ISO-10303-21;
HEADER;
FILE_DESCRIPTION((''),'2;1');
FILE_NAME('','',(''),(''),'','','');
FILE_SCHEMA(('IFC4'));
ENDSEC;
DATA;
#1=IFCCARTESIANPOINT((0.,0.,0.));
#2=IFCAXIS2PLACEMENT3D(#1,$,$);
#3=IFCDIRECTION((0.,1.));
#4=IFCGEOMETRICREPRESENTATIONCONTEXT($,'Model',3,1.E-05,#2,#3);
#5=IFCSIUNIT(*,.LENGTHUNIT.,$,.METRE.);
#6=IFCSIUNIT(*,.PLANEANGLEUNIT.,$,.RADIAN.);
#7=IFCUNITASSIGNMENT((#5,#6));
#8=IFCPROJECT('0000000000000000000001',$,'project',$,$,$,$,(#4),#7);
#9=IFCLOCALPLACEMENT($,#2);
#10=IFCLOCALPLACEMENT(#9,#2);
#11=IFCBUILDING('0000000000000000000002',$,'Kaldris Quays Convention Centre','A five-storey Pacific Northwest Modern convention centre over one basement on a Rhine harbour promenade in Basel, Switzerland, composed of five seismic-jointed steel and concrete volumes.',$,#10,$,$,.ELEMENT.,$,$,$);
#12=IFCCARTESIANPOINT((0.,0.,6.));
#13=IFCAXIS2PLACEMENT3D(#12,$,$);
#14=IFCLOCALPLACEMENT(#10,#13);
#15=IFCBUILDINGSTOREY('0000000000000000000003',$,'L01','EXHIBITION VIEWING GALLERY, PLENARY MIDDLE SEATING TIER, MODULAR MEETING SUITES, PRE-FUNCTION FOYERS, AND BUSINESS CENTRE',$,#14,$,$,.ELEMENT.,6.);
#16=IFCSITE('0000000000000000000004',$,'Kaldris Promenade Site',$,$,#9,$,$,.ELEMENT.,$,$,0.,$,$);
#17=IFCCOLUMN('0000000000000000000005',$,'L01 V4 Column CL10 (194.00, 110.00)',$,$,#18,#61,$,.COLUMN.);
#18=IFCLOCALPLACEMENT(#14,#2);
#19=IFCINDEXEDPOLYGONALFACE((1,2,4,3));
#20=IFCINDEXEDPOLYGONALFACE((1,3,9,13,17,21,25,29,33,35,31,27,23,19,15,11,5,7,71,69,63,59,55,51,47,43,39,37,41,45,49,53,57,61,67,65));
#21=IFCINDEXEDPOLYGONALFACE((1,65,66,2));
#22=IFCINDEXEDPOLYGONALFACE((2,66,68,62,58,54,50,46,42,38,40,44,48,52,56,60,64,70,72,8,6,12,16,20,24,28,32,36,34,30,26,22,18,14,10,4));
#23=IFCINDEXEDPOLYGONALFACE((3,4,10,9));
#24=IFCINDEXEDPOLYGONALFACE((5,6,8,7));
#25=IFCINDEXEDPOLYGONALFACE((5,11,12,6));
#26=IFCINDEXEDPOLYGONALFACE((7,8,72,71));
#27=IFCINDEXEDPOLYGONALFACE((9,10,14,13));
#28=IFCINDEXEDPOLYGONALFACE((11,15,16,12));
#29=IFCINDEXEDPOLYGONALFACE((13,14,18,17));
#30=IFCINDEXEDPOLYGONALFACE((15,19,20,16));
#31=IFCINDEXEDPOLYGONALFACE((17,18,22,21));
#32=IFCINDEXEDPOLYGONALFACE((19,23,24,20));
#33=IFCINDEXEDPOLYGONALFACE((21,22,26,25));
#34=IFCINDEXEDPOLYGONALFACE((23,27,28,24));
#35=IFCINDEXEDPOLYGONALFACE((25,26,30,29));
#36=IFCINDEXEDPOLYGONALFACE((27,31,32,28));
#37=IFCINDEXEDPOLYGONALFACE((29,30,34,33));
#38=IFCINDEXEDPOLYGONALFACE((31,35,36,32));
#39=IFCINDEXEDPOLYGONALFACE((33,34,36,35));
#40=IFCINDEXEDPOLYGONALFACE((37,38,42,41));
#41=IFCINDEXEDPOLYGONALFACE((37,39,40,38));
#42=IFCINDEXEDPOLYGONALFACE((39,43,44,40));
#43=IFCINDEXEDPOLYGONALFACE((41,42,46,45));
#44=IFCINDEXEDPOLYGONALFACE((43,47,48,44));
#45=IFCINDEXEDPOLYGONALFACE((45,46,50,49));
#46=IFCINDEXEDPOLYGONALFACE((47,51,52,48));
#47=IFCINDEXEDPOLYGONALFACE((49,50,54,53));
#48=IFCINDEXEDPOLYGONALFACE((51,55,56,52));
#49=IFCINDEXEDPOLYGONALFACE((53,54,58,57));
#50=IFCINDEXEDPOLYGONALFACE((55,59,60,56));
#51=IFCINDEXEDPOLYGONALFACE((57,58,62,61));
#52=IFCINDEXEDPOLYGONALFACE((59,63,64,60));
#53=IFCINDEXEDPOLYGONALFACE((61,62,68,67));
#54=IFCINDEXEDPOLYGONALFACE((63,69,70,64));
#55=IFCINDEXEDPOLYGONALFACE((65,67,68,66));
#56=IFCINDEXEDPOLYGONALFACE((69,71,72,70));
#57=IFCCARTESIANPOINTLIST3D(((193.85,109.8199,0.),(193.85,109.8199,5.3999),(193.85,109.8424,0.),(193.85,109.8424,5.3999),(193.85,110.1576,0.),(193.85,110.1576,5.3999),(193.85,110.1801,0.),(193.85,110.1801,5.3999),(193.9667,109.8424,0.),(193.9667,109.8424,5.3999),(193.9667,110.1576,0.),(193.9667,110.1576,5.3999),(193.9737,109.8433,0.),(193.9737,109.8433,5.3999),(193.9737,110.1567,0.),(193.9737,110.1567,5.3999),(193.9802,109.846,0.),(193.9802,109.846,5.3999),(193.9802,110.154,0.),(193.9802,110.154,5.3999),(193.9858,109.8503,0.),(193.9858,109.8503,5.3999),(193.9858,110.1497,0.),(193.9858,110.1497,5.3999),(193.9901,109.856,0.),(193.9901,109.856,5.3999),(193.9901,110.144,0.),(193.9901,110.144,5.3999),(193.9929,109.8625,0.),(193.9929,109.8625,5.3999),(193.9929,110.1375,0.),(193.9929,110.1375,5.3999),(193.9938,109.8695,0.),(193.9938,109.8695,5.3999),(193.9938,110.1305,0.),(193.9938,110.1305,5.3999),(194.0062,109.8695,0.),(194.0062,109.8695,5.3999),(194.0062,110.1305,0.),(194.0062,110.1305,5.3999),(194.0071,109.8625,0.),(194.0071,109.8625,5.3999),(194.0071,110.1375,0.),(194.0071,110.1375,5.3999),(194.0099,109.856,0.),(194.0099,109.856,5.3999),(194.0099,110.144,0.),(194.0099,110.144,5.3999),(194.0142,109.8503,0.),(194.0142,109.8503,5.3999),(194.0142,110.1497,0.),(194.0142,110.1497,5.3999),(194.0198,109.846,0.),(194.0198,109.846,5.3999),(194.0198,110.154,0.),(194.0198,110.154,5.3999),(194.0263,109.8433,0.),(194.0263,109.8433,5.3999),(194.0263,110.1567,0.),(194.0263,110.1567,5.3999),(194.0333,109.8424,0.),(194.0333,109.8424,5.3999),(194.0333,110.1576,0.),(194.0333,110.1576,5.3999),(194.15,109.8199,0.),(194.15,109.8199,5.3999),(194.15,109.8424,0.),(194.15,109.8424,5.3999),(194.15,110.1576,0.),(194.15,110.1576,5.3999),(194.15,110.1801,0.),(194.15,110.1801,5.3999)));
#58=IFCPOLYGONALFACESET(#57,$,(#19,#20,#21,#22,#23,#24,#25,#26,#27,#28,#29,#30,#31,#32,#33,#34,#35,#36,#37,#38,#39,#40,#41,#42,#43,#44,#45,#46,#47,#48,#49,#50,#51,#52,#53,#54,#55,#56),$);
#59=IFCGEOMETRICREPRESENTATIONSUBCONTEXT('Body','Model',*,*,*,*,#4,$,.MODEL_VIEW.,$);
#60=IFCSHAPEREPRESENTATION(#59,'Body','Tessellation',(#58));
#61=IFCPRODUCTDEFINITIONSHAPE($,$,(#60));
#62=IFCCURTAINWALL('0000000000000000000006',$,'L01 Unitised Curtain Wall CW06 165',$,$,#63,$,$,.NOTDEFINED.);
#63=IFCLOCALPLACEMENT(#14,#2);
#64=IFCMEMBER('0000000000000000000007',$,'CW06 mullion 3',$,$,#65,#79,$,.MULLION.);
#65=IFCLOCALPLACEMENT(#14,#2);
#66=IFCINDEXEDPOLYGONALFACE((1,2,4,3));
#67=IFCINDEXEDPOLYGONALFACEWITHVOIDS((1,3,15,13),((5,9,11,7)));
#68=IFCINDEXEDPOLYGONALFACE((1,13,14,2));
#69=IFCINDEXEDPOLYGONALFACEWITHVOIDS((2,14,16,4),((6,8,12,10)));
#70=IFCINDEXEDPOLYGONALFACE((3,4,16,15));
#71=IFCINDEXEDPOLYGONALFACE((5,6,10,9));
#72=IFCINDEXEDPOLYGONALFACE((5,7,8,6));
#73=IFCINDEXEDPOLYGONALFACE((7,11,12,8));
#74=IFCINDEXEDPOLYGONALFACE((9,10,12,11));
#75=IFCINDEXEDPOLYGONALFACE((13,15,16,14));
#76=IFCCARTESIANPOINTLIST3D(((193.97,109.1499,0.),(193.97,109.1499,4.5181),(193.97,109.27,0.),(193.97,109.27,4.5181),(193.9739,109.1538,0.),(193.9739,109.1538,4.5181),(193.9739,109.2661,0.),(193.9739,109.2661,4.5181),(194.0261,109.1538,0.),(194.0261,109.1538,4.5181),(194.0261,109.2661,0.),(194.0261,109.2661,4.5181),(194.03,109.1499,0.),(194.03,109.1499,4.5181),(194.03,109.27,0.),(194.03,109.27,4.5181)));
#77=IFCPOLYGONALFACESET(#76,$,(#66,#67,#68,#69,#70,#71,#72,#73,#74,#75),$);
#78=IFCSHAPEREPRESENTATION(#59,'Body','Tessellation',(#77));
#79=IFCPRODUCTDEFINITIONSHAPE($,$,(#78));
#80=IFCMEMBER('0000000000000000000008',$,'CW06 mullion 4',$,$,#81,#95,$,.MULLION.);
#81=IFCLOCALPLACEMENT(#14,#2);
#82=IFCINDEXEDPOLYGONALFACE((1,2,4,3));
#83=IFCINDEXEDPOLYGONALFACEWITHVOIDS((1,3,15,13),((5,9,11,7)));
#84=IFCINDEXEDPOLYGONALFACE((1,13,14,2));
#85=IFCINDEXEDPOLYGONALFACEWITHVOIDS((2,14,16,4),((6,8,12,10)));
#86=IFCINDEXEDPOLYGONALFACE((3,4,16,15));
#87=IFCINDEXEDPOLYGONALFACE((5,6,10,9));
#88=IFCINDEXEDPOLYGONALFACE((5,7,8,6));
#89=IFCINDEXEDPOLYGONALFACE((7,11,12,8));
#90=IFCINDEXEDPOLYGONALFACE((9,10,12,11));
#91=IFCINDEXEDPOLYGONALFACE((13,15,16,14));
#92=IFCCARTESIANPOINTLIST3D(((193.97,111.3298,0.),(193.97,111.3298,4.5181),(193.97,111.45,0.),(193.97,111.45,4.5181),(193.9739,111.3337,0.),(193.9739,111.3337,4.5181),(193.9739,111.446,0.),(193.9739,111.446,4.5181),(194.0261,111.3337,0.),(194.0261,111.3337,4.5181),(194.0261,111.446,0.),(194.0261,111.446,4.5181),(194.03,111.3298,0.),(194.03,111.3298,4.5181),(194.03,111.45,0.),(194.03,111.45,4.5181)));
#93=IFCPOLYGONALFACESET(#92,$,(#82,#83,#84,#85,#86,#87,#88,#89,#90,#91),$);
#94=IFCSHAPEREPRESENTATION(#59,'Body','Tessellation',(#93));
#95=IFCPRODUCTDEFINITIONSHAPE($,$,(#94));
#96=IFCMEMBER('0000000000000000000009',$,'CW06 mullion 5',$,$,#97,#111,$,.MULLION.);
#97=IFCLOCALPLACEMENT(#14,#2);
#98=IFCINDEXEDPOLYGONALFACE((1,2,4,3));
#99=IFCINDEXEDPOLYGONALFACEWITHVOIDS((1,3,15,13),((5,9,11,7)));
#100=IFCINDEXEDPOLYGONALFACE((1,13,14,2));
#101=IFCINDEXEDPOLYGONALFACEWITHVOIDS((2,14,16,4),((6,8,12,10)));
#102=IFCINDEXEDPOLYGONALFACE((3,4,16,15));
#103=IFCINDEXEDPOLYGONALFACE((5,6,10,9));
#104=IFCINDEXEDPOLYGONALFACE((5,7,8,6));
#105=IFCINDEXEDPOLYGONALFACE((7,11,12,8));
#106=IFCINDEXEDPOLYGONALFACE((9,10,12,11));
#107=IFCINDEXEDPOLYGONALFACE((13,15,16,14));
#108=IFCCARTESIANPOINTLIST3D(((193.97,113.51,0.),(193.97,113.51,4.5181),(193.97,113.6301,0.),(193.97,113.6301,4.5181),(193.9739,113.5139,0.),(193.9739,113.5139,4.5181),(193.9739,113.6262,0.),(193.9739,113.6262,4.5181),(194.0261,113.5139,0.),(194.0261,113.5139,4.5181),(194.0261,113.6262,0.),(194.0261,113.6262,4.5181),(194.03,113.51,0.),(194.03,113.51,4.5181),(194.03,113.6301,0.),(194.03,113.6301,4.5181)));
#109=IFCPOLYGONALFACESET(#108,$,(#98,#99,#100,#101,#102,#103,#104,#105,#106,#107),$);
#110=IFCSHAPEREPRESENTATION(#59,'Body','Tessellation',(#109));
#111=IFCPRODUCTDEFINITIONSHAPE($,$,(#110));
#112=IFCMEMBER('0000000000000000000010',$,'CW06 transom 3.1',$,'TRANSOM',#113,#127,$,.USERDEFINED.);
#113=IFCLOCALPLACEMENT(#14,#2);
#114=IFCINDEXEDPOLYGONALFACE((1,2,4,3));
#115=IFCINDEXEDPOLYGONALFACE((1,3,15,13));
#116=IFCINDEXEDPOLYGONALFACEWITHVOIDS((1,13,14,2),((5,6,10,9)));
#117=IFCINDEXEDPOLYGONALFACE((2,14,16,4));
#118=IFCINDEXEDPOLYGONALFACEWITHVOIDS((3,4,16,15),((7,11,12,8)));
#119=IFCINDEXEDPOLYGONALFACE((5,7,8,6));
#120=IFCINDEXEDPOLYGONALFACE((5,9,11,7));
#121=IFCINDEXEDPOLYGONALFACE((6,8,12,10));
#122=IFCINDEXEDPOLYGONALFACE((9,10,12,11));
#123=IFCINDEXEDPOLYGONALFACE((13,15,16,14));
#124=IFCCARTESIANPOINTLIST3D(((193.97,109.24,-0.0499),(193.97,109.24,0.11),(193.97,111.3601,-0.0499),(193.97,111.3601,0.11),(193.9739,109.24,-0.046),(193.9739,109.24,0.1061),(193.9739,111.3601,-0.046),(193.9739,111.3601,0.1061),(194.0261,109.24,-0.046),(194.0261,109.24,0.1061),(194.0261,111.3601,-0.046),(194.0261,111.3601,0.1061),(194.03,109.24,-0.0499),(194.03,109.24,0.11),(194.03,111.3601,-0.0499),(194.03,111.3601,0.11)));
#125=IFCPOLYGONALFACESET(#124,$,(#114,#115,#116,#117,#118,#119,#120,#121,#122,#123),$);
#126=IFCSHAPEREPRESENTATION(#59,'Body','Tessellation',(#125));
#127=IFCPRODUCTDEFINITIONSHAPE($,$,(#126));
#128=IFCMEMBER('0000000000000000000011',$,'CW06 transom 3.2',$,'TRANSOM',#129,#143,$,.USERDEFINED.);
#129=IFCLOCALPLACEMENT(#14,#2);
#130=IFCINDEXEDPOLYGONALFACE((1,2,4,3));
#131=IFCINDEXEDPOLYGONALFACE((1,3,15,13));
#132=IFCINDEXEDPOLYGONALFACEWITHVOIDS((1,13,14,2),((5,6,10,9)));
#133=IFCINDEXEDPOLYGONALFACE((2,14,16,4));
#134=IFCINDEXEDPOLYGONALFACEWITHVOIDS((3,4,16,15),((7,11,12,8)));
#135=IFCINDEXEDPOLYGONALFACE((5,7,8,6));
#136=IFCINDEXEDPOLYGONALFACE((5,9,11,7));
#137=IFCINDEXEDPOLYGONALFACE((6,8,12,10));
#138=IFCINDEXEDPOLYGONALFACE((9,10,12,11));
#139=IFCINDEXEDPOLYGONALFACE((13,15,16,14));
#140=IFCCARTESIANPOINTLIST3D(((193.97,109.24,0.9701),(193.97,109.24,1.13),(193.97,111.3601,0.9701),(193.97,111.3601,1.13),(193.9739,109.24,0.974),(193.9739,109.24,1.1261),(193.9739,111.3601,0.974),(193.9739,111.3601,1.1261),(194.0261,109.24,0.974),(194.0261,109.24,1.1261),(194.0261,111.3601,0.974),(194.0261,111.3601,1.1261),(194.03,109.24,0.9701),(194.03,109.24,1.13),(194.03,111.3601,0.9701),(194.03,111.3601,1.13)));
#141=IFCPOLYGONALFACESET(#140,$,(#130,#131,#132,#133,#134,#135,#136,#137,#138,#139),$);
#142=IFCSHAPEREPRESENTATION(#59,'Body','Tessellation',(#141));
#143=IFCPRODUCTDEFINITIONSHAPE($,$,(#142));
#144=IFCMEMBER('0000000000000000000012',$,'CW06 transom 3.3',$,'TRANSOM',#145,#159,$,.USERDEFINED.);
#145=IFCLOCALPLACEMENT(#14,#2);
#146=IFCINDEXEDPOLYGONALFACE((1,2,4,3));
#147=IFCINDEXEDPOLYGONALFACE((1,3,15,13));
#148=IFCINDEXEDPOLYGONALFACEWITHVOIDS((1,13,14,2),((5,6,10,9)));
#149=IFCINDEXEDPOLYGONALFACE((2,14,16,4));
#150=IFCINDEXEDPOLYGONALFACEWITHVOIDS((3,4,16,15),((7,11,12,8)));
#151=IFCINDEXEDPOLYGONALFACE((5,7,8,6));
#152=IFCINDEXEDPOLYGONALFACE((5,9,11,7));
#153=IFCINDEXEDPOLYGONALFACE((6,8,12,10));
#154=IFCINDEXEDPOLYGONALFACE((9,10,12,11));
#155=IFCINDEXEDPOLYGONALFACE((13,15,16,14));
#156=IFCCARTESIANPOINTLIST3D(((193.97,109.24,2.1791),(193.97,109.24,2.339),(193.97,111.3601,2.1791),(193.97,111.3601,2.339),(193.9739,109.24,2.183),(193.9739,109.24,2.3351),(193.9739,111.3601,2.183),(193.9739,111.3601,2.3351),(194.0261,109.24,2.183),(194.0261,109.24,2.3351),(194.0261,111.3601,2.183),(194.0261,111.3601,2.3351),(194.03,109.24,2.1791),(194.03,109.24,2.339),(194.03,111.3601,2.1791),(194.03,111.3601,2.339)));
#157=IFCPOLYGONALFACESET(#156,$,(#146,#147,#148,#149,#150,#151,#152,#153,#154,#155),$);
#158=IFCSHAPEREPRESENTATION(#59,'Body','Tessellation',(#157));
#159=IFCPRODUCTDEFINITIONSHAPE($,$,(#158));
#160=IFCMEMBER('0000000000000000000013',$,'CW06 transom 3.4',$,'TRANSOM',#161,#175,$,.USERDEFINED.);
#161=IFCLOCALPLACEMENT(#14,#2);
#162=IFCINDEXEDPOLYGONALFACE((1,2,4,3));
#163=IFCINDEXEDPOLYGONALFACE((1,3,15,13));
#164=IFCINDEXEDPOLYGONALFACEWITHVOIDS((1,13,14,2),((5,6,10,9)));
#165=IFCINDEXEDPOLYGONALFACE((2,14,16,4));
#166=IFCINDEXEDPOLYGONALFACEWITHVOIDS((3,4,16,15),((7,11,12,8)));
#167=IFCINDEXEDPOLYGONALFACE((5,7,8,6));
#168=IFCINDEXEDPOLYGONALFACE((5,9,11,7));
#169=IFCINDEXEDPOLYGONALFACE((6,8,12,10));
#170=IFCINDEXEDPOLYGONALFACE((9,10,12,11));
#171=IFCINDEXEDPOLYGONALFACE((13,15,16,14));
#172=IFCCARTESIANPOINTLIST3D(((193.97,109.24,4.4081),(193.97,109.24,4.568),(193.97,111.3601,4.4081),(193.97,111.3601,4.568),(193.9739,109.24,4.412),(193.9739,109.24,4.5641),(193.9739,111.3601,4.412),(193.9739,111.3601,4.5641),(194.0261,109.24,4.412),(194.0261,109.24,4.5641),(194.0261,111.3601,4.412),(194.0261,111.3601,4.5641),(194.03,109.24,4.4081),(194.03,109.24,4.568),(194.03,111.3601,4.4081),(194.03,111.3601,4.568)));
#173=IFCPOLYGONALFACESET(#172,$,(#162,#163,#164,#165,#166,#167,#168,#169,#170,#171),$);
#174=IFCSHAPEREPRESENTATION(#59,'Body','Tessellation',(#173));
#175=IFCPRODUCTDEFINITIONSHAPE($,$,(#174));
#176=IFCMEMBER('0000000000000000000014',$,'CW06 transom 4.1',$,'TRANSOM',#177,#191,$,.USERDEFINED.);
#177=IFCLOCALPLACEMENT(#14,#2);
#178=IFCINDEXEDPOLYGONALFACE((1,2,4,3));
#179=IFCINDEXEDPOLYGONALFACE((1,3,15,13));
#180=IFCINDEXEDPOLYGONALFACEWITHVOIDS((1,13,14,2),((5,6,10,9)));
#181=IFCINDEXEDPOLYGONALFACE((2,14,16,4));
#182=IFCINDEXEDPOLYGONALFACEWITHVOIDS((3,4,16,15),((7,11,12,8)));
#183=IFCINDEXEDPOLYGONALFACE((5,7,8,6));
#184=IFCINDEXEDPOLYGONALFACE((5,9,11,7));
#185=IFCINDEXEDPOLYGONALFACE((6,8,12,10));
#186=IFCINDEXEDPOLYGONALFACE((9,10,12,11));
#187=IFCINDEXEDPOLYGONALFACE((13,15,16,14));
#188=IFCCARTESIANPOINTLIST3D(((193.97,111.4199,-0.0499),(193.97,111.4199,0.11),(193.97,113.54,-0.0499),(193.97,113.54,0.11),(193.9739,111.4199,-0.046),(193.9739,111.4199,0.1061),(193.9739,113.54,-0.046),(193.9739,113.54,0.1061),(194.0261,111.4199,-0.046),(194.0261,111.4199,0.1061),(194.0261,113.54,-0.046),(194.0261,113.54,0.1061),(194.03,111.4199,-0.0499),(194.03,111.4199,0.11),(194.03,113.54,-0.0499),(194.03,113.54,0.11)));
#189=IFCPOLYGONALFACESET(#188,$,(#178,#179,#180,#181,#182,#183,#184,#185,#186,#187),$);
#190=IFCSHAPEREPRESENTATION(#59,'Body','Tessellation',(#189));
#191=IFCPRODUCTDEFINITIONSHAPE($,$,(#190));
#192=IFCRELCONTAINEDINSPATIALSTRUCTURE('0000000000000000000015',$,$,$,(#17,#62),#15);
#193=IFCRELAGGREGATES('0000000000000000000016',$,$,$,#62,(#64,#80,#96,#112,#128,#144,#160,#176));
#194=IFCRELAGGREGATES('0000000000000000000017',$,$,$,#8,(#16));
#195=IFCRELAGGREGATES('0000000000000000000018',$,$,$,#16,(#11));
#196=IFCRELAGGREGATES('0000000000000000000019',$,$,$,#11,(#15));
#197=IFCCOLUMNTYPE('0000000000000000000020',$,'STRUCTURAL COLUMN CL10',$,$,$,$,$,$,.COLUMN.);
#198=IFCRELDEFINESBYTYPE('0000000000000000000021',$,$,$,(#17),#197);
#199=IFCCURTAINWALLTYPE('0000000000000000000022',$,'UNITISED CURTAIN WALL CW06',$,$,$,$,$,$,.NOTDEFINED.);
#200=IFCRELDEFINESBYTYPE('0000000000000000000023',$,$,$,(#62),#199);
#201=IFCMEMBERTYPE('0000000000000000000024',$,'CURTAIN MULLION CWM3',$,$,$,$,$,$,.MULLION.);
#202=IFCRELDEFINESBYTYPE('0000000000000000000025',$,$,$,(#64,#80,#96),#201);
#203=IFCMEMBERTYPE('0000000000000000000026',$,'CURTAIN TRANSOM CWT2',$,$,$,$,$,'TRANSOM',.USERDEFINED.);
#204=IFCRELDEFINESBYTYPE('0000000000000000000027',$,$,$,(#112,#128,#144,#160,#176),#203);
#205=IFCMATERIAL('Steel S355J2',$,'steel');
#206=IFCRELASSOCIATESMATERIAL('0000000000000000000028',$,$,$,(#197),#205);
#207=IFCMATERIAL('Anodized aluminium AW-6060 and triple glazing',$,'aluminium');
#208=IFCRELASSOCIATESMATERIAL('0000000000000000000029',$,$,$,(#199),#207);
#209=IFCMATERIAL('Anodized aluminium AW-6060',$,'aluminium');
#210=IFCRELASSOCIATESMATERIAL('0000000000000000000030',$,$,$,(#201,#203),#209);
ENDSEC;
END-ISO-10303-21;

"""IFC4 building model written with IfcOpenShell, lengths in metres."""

from ifc_helpers import new_model, si_unit, direction, frame, origin, origin_2d, place, context, subcontext, project, spatial, hollow_rectangle, i_section, extrude, material, material_profile, profile_set, type_object, element, aggregate, save


model = new_model("IFC4")

# Units and contexts
model_context = context("Model", 3, precision=1e-05, world=origin(), true_north=direction((0.0, 1.0)))
body_context = subcontext(model_context, "Body", "Model", "MODEL_VIEW")
ifc_project = project(units=[si_unit("LENGTHUNIT", "METRE"), si_unit("PLANEANGLEUNIT", "RADIAN")], contexts=[model_context])

# Site, building, storey
site_placement = place(None, origin())
site = spatial("IfcSite", under=ifc_project, at=site_placement, Name="Kaldris Promenade Site", CompositionType="ELEMENT", RefElevation=0.0)
building_placement = place(site_placement, origin())
building = spatial("IfcBuilding", under=site, at=building_placement, Name="Kaldris Quays Convention Centre", Description="A five-storey Pacific Northwest Modern convention centre over one basement on a Rhine harbour promenade in Basel, Switzerland, composed of five seismic-jointed steel and concrete volumes.", CompositionType="ELEMENT")
storey_placement = place(building_placement, frame((0.0, 0.0, 6.0)))
storey = spatial("IfcBuildingStorey", under=building, at=storey_placement, Name="L01", Description="EXHIBITION VIEWING GALLERY, PLENARY MIDDLE SEATING TIER, MODULAR MEETING SUITES, PRE-FUNCTION FOYERS, AND BUSINESS CENTRE", CompositionType="ELEMENT", Elevation=6.0)

# Column
ifc_material_1 = material(Name="Steel S355J2", Category="steel")
ifc_material_profile_1 = material_profile(ifc_material_1, i_section(OverallWidth=0.3, OverallDepth=0.3601, WebThickness=0.0125, FlangeThickness=0.0225, FilletRadius=0.0271, at=origin_2d()), Name="HEB 360")
ifc_profile_set_1 = profile_set([ifc_material_profile_1], Name="Steel S355J2")
column_type = type_object("IfcColumnType", Name="STRUCTURAL COLUMN CL10", PredefinedType="COLUMN", material=ifc_profile_set_1)
column_placement = place(storey_placement, frame((194.0, 110.0, 0.0), z_axis=(0.0, 0.0, 1.0), x_axis=(1.0, 0.0, 0.0)))
element("IfcColumn", 1, at=column_placement, inside=storey, type_object=column_type, Name="L01 V4 Column CL10 (194.00, 110.00)", PredefinedType="COLUMN", context=body_context, shape_type="SweptSolid", body=[
    extrude(i_section(OverallWidth=0.3, OverallDepth=0.3601, WebThickness=0.0125, FlangeThickness=0.0225, FilletRadius=0.0271, at=origin_2d()), origin(), (0.0, 0.0, 1.0), 5.3999),
])

# Curtain wall, members
ifc_material_2 = material(Name="Anodized aluminium AW-6060 and triple glazing", Category="aluminium")
curtain_wall_type = type_object("IfcCurtainWallType", Name="UNITISED CURTAIN WALL CW06", PredefinedType="NOTDEFINED", material=ifc_material_2)
curtain_wall_placement = place(storey_placement, origin())
curtain_wall = element("IfcCurtainWall", 2, at=curtain_wall_placement, inside=storey, type_object=curtain_wall_type, Name="L01 Unitised Curtain Wall CW06 165", PredefinedType="NOTDEFINED")
ifc_material_3 = material(Name="Anodized aluminium AW-6060", Category="aluminium")
ifc_material_profile_2 = material_profile(ifc_material_3, hollow_rectangle(XDim=0.0601, YDim=0.1201, WallThickness=0.0039, at=origin_2d()), Name="RHS 120x60x4")
ifc_profile_set_2 = profile_set([ifc_material_profile_2], Name="Anodized aluminium AW-6060")
member_type_1 = type_object("IfcMemberType", Name="CURTAIN MULLION CWM3", PredefinedType="MULLION", material=ifc_profile_set_2)
member_1_placement = place(storey_placement, frame((194.0, 109.21, 0.0), z_axis=(0.0, 0.0, 1.0), x_axis=(-1.0, 0.0, 0.0)))
member_1 = element("IfcMember", 3, at=member_1_placement, type_object=member_type_1, Name="CW06 mullion 3", PredefinedType="MULLION", context=body_context, shape_type="SweptSolid", body=[
    extrude(hollow_rectangle(XDim=0.0601, YDim=0.1201, WallThickness=0.0039, at=origin_2d()), origin(), (0.0, 0.0, 1.0), 4.5181),
])
member_2_placement = place(storey_placement, frame((194.0, 111.3899, 0.0), z_axis=(0.0, 0.0, 1.0), x_axis=(-1.0, 0.0, 0.0)))
member_2 = element("IfcMember", 4, at=member_2_placement, type_object=member_type_1, Name="CW06 mullion 4", PredefinedType="MULLION", context=body_context, shape_type="SweptSolid", body=[
    extrude(hollow_rectangle(XDim=0.0601, YDim=0.1201, WallThickness=0.0039, at=origin_2d()), origin(), (0.0, 0.0, 1.0), 4.5181),
])
member_3_placement = place(storey_placement, frame((194.0, 113.5701, 0.0), z_axis=(0.0, 0.0, 1.0), x_axis=(-1.0, 0.0, 0.0)))
member_3 = element("IfcMember", 5, at=member_3_placement, type_object=member_type_1, Name="CW06 mullion 5", PredefinedType="MULLION", context=body_context, shape_type="SweptSolid", body=[
    extrude(hollow_rectangle(XDim=0.0601, YDim=0.1201, WallThickness=0.0039, at=origin_2d()), origin(), (0.0, 0.0, 1.0), 4.5181),
])
ifc_material_profile_3 = material_profile(ifc_material_3, hollow_rectangle(XDim=0.0601, YDim=0.1599, WallThickness=0.0039, at=origin_2d()), Name="RHS 160x60x4")
ifc_profile_set_3 = profile_set([ifc_material_profile_3], Name="Anodized aluminium AW-6060")
member_type_2 = type_object("IfcMemberType", Name="CURTAIN TRANSOM CWT2", ElementType="TRANSOM", PredefinedType="USERDEFINED", material=ifc_profile_set_3)
member_4_placement = place(storey_placement, frame((194.0, 109.24, 0.03), z_axis=(0.0, 1.0, 0.0), x_axis=(-1.0, 0.0, 0.0)))
member_4 = element("IfcMember", 6, at=member_4_placement, type_object=member_type_2, Name="CW06 transom 3.1", ObjectType="TRANSOM", PredefinedType="USERDEFINED", context=body_context, shape_type="SweptSolid", body=[
    extrude(hollow_rectangle(XDim=0.0601, YDim=0.1599, WallThickness=0.0039, at=origin_2d()), origin(), (0.0, 0.0, 1.0), 2.1201),
])
member_5_placement = place(storey_placement, frame((194.0, 109.24, 1.05), z_axis=(0.0, 1.0, 0.0), x_axis=(-1.0, 0.0, 0.0)))
member_5 = element("IfcMember", 7, at=member_5_placement, type_object=member_type_2, Name="CW06 transom 3.2", ObjectType="TRANSOM", PredefinedType="USERDEFINED", context=body_context, shape_type="SweptSolid", body=[
    extrude(hollow_rectangle(XDim=0.0601, YDim=0.1599, WallThickness=0.0039, at=origin_2d()), origin(), (0.0, 0.0, 1.0), 2.1201),
])
member_6_placement = place(storey_placement, frame((194.0, 109.24, 2.259), z_axis=(0.0, 1.0, 0.0), x_axis=(-1.0, 0.0, 0.0)))
member_6 = element("IfcMember", 8, at=member_6_placement, type_object=member_type_2, Name="CW06 transom 3.3", ObjectType="TRANSOM", PredefinedType="USERDEFINED", context=body_context, shape_type="SweptSolid", body=[
    extrude(hollow_rectangle(XDim=0.0601, YDim=0.1599, WallThickness=0.0039, at=origin_2d()), origin(), (0.0, 0.0, 1.0), 2.1201),
])
member_7_placement = place(storey_placement, frame((194.0, 109.24, 4.488), z_axis=(0.0, 1.0, 0.0), x_axis=(-1.0, 0.0, 0.0)))
member_7 = element("IfcMember", 9, at=member_7_placement, type_object=member_type_2, Name="CW06 transom 3.4", ObjectType="TRANSOM", PredefinedType="USERDEFINED", context=body_context, shape_type="SweptSolid", body=[
    extrude(hollow_rectangle(XDim=0.0601, YDim=0.1599, WallThickness=0.0039, at=origin_2d()), origin(), (0.0, 0.0, 1.0), 2.1201),
])
member_8_placement = place(storey_placement, frame((194.0, 111.4199, 0.03), z_axis=(0.0, 1.0, 0.0), x_axis=(-1.0, 0.0, 0.0)))
member_8 = element("IfcMember", 10, at=member_8_placement, type_object=member_type_2, Name="CW06 transom 4.1", ObjectType="TRANSOM", PredefinedType="USERDEFINED", context=body_context, shape_type="SweptSolid", body=[
    extrude(hollow_rectangle(XDim=0.0601, YDim=0.1599, WallThickness=0.0039, at=origin_2d()), origin(), (0.0, 0.0, 1.0), 2.1201),
])

aggregate(curtain_wall, [member_1, member_2, member_3, member_4, member_5, member_6, member_7, member_8])

save(model, "model.ifc")
